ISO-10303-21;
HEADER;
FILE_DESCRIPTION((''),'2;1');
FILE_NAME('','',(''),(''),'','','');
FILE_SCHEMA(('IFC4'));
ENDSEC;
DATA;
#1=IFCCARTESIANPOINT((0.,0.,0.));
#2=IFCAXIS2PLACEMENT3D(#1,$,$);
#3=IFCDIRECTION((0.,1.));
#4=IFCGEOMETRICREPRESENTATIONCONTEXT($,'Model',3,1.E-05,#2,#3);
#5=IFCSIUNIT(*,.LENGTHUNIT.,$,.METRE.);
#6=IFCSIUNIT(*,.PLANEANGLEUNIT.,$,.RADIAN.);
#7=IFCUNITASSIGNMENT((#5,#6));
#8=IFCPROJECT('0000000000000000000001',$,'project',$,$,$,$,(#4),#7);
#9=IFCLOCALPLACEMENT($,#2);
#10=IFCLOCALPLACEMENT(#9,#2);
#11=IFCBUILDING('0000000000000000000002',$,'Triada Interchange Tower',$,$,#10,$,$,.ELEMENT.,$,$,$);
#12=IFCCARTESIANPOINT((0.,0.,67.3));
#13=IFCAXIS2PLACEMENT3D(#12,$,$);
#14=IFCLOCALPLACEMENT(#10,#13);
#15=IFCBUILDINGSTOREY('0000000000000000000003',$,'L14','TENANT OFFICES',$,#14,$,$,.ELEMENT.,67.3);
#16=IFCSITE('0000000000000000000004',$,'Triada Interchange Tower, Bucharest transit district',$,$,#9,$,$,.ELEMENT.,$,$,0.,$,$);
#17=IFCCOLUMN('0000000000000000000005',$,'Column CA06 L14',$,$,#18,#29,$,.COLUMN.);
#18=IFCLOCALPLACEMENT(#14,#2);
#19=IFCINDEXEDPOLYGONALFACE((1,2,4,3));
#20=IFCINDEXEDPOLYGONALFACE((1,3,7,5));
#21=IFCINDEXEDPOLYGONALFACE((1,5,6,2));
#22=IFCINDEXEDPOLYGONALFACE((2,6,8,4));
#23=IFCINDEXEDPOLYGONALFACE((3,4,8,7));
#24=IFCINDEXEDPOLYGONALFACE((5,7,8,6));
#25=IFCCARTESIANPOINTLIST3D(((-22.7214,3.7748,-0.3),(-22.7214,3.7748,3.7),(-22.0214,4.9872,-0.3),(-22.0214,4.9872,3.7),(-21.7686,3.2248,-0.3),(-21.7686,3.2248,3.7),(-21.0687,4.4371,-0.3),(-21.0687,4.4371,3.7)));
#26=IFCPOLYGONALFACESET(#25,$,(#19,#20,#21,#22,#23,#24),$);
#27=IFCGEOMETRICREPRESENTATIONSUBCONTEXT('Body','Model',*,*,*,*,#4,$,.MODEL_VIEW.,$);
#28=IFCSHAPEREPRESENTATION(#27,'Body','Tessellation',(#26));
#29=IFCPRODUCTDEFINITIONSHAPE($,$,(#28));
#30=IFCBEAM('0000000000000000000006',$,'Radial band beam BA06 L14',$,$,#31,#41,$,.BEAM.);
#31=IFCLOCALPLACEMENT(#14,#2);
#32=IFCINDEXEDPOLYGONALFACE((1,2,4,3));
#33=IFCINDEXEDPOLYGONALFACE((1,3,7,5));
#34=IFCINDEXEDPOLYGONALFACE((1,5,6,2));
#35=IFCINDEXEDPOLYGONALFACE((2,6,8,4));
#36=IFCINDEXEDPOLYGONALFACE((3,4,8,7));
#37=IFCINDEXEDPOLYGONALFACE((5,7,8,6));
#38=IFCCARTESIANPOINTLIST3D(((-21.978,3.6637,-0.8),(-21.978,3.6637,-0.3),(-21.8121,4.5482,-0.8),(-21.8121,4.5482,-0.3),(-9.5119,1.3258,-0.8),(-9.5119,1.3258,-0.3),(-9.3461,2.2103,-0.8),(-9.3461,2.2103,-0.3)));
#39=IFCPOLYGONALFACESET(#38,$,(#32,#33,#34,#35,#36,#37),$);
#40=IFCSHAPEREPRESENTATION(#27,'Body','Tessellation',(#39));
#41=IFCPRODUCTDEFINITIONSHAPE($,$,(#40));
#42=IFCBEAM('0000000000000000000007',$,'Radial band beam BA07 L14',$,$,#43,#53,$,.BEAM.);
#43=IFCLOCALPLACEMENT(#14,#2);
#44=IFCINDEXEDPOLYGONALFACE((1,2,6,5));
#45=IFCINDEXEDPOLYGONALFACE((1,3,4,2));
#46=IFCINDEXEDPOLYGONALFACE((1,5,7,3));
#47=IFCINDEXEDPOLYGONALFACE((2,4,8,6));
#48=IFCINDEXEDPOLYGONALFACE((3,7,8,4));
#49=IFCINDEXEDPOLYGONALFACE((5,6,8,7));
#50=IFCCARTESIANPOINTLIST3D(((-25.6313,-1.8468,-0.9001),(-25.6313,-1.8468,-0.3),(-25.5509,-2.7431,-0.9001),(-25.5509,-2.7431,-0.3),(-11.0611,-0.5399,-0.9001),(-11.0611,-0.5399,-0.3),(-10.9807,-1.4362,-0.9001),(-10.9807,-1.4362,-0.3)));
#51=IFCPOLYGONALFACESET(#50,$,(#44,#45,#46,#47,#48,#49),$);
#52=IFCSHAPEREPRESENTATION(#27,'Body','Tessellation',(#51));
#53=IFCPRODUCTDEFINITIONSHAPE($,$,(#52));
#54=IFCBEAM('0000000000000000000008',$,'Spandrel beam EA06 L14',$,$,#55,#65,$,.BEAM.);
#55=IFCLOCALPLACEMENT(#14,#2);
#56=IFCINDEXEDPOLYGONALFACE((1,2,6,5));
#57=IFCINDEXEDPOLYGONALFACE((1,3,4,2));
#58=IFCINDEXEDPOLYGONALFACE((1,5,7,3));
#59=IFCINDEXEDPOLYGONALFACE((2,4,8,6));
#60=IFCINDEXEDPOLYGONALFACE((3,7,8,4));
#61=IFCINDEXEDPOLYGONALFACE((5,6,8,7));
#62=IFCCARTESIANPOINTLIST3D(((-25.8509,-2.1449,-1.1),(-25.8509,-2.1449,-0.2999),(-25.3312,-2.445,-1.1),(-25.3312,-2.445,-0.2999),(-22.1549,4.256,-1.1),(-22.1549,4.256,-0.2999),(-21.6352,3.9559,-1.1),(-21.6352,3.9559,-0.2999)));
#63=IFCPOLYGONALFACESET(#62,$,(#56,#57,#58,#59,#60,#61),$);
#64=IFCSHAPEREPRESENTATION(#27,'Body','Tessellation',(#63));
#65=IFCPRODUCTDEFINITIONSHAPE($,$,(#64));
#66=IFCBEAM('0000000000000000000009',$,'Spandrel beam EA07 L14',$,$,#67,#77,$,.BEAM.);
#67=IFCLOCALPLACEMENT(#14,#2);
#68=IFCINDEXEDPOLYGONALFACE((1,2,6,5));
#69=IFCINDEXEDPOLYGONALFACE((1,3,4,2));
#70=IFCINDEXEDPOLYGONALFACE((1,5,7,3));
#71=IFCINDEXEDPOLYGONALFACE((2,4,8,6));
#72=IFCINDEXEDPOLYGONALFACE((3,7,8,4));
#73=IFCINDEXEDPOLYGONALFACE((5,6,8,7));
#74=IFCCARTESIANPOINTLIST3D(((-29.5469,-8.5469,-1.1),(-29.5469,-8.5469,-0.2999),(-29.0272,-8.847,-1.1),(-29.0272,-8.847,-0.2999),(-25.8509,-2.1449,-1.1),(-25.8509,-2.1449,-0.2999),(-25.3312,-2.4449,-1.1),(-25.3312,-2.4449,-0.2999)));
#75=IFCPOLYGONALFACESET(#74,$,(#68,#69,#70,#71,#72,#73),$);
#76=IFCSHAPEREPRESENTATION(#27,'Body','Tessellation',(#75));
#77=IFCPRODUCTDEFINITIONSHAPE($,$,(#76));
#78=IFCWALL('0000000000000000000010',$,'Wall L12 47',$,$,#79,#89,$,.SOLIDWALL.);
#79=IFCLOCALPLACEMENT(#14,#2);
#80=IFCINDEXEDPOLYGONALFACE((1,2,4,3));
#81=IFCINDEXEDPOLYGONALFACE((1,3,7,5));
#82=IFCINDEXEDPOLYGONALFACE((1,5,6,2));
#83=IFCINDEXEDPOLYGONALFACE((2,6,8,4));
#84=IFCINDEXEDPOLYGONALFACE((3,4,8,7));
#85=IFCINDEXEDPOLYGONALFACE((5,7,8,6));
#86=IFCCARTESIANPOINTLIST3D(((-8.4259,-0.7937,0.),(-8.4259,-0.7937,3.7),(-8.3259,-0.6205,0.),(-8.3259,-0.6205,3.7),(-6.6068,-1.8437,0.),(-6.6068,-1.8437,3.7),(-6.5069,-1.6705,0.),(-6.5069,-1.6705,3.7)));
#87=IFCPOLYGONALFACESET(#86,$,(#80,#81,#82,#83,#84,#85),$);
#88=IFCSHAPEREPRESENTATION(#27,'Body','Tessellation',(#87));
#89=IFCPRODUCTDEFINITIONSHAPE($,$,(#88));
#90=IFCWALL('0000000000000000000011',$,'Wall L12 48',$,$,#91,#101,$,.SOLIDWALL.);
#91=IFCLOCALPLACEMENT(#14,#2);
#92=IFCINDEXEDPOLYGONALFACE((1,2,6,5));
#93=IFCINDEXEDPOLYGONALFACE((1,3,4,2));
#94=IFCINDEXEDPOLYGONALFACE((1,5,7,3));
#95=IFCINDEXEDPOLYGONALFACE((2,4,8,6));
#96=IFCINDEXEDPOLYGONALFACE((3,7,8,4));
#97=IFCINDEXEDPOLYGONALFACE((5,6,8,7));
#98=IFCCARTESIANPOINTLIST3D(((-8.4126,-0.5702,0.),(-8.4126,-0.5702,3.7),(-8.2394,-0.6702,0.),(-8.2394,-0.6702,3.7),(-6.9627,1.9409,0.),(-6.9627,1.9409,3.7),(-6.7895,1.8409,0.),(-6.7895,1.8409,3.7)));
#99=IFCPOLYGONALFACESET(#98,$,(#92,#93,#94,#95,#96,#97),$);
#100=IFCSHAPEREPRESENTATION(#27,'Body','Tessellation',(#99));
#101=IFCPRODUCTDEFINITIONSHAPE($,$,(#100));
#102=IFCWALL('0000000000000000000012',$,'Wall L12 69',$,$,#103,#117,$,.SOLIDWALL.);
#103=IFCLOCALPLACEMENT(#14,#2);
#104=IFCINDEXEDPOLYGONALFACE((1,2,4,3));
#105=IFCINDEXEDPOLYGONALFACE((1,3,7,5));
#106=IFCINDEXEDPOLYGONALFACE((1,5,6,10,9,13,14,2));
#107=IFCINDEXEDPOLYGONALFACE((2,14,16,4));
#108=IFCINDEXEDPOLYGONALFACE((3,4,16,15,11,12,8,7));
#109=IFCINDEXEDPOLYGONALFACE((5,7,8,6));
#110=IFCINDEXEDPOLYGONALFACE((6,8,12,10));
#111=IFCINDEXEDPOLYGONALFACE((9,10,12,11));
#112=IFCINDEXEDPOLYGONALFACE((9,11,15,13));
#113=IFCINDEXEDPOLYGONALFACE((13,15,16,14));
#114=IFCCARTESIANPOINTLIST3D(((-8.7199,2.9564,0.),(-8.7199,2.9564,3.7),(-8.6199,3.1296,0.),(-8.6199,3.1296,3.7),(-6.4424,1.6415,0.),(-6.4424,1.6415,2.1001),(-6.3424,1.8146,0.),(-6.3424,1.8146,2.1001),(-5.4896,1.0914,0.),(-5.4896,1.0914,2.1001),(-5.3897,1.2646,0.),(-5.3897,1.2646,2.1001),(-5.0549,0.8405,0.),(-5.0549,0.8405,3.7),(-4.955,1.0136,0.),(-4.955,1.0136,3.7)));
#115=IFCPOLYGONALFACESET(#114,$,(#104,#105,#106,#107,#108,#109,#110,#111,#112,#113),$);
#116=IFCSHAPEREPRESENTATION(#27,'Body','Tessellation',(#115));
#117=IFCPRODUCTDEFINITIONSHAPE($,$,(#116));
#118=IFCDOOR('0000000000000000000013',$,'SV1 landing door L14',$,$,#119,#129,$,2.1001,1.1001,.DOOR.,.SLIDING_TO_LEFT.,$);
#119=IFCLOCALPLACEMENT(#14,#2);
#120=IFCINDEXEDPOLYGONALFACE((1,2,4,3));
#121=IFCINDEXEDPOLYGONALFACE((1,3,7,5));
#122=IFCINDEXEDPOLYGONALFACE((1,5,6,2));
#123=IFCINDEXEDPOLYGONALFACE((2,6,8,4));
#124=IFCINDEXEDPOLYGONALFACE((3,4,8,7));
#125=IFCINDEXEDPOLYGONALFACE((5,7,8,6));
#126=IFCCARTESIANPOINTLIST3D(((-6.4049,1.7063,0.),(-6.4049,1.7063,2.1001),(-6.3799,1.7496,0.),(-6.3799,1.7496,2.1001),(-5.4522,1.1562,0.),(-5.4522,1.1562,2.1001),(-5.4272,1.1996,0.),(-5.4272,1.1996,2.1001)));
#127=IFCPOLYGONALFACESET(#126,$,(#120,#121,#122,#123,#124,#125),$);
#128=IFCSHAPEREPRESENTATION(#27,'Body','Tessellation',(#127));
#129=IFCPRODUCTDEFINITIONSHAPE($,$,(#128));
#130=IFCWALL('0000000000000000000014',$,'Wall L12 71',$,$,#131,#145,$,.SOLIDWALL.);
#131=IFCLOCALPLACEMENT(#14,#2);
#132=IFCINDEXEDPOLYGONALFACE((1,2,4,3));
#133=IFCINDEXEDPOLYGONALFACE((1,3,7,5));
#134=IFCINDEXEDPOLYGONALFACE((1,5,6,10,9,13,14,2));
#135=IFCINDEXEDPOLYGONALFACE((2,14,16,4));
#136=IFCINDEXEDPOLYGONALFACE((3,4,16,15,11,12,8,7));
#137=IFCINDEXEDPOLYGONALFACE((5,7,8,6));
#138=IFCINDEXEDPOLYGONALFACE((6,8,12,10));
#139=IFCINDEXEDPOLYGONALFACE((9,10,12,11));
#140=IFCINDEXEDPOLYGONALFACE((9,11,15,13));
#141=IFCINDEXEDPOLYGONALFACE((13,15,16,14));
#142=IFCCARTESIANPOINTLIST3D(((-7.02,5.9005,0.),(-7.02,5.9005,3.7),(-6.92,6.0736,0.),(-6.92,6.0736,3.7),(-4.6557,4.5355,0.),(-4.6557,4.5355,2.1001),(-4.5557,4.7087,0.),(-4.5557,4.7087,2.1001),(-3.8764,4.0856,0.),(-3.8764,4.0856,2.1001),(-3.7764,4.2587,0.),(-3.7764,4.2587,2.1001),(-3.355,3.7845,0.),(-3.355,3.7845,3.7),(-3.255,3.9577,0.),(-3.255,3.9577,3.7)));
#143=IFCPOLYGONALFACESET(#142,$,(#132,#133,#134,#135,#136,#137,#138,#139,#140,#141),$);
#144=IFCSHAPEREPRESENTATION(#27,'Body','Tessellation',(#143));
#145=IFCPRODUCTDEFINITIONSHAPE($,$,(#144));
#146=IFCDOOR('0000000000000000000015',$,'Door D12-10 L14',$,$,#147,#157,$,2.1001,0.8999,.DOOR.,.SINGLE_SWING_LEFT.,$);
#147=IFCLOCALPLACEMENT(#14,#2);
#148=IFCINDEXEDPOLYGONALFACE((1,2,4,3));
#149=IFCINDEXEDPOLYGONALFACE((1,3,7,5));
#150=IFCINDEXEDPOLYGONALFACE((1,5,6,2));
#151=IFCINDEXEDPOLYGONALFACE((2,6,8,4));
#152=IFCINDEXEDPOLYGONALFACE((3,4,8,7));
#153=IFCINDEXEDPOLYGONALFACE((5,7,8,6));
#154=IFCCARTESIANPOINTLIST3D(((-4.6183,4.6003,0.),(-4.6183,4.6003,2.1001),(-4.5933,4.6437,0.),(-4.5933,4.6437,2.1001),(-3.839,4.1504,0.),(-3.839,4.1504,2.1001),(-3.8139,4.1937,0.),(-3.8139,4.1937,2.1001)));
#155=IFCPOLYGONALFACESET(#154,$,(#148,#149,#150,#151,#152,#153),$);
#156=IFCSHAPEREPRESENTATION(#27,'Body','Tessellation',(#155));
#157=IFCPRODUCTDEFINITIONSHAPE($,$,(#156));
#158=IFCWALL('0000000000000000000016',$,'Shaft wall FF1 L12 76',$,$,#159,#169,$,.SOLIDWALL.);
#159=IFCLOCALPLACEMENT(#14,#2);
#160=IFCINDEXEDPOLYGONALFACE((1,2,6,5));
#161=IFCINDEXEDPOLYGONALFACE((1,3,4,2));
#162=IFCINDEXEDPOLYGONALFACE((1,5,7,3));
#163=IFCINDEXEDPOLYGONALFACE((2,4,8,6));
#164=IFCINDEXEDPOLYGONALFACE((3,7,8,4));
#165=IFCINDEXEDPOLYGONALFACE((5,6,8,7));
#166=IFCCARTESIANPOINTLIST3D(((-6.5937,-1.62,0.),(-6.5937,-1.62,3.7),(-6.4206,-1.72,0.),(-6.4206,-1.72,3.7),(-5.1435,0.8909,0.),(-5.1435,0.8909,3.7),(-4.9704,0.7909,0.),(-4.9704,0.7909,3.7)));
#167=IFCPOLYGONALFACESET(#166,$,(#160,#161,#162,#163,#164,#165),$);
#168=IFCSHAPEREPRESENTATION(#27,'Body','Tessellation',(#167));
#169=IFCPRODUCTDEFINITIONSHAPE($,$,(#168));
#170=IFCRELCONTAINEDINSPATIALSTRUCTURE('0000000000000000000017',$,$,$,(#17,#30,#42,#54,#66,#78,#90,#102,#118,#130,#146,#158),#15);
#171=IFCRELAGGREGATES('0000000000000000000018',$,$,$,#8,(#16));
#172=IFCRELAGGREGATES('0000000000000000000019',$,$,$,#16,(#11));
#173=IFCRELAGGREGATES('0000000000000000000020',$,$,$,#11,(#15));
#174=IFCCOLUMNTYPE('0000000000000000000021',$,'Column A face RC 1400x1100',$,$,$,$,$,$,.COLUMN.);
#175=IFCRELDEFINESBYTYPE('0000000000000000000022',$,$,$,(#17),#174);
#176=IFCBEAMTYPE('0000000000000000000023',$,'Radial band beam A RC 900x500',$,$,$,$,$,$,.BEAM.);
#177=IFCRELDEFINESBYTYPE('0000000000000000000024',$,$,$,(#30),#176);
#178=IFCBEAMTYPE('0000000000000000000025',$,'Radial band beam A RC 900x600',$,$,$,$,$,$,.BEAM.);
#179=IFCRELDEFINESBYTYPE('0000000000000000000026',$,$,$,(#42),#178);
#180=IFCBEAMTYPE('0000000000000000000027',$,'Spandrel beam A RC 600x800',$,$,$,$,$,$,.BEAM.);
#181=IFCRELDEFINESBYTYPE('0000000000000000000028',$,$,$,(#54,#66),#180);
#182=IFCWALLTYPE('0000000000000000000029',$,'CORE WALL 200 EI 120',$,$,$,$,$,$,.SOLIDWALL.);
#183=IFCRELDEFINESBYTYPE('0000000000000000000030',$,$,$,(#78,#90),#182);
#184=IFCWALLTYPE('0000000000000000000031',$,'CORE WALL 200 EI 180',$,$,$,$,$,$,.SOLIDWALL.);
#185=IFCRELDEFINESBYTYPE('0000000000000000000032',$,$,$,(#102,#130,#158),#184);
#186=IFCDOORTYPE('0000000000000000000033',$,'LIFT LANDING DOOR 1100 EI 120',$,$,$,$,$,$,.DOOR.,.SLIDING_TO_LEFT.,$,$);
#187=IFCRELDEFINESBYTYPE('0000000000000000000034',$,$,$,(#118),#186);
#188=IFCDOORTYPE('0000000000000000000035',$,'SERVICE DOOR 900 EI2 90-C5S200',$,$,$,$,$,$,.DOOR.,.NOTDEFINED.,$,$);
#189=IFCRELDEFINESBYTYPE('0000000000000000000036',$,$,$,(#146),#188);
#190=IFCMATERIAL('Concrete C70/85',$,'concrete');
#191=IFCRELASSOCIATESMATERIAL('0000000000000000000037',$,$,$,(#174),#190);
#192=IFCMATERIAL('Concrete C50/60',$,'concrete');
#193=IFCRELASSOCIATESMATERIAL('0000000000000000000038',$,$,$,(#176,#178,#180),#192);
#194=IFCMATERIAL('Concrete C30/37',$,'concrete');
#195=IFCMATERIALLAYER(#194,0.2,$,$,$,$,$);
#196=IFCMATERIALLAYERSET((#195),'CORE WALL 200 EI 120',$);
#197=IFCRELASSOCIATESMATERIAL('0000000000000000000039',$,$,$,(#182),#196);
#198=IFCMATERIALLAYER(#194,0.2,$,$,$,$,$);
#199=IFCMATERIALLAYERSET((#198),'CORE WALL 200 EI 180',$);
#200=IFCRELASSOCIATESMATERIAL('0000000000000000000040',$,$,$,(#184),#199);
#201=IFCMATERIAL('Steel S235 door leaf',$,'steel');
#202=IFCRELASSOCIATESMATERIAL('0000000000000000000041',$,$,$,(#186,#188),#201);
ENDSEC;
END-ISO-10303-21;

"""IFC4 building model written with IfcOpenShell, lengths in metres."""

from ifc_helpers import new_model, si_unit, direction, frame, frame_2d, origin, origin_2d, place, context, subcontext, project, spatial, rectangle, extrude, material, layer, layer_set, material_profile, profile_set, type_object, element, fill, save


model = new_model("IFC4")

# Units and contexts
model_context = context("Model", 3, precision=1e-05, world=origin(), true_north=direction((0.0, 1.0)))
body_context = subcontext(model_context, "Body", "Model", "MODEL_VIEW")
ifc_project = project(units=[si_unit("LENGTHUNIT", "METRE"), si_unit("PLANEANGLEUNIT", "RADIAN")], contexts=[model_context])

# Site, building, storey
site_placement = place(None, origin())
site = spatial("IfcSite", under=ifc_project, at=site_placement, Name="Triada Interchange Tower, Bucharest transit district", CompositionType="ELEMENT", RefElevation=0.0)
building_placement = place(site_placement, origin())
building = spatial("IfcBuilding", under=site, at=building_placement, Name="Triada Interchange Tower", CompositionType="ELEMENT")
storey_placement = place(building_placement, frame((0.0, 0.0, 67.3)))
storey = spatial("IfcBuildingStorey", under=building, at=storey_placement, Name="L14", Description="TENANT OFFICES", CompositionType="ELEMENT", Elevation=67.3)

# Column
ifc_material_1 = material(Name="Concrete C70/85", Category="concrete")
ifc_material_profile_1 = material_profile(ifc_material_1, rectangle(XDim=1.3999, YDim=1.1001, at=origin_2d()), Name="RC 1400x1100")
ifc_profile_set_1 = profile_set([ifc_material_profile_1], Name="Concrete C70/85")
column_type = type_object("IfcColumnType", Name="Column A face RC 1400x1100", PredefinedType="COLUMN", material=ifc_profile_set_1)
column_placement = place(storey_placement, frame((-21.895, 4.106, -0.3), z_axis=(0.0, 0.0, 1.0), x_axis=(0.5, 0.866025, 0.0)))
element("IfcColumn", 1, at=column_placement, inside=storey, type_object=column_type, Name="Column CA06 L14", PredefinedType="COLUMN", context=body_context, shape_type="SweptSolid", body=[
    extrude(rectangle(XDim=1.3999, YDim=1.1001, at=origin_2d()), origin(), (0.0, 0.0, 1.0), 4.0),
])

# Beams
ifc_material_2 = material(Name="Concrete C50/60", Category="concrete")
ifc_material_profile_2 = material_profile(ifc_material_2, rectangle(XDim=0.8999, YDim=0.5, at=origin_2d()), Name="RC 900x500")
ifc_profile_set_2 = profile_set([ifc_material_profile_2], Name="Concrete C50/60")
beam_type_1 = type_object("IfcBeamType", Name="Radial band beam A RC 900x500", PredefinedType="BEAM", material=ifc_profile_set_2)
beam_1_placement = place(storey_placement, frame((-21.895, 4.106, -0.55), z_axis=(0.982865, -0.184327, 0.0), x_axis=(0.184327, 0.982865, 0.0)))
element("IfcBeam", 2, at=beam_1_placement, inside=storey, type_object=beam_type_1, Name="Radial band beam BA06 L14", PredefinedType="BEAM", context=body_context, shape_type="SweptSolid", body=[
    extrude(rectangle(XDim=0.8999, YDim=0.5, at=origin_2d()), origin(), (0.0, 0.0, 1.0), 12.6833),
])
ifc_material_profile_3 = material_profile(ifc_material_2, rectangle(XDim=0.8999, YDim=0.6001, at=origin_2d()), Name="RC 900x600")
ifc_profile_set_3 = profile_set([ifc_material_profile_3], Name="Concrete C50/60")
beam_type_2 = type_object("IfcBeamType", Name="Radial band beam A RC 900x600", PredefinedType="BEAM", material=ifc_profile_set_3)
beam_2_placement = place(storey_placement, frame((-25.5911, -2.2949, -0.6001), z_axis=(0.996001, 0.089338, 0.0), x_axis=(-0.089338, 0.996001, 0.0)))
element("IfcBeam", 3, at=beam_2_placement, inside=storey, type_object=beam_type_2, Name="Radial band beam BA07 L14", PredefinedType="BEAM", context=body_context, shape_type="SweptSolid", body=[
    extrude(rectangle(XDim=0.8999, YDim=0.6001, at=origin_2d()), origin(), (0.0, 0.0, 1.0), 14.6287),
])
ifc_material_profile_4 = material_profile(ifc_material_2, rectangle(XDim=0.6001, YDim=0.8, at=origin_2d()), Name="RC 600x800")
ifc_profile_set_4 = profile_set([ifc_material_profile_4], Name="Concrete C50/60")
beam_type_3 = type_object("IfcBeamType", Name="Spandrel beam A RC 600x800", PredefinedType="BEAM", material=ifc_profile_set_4)
beam_3_placement = place(storey_placement, frame((-21.895, 4.106, -0.7), z_axis=(-0.50005, -0.865996, 0.0), x_axis=(0.865996, -0.50005, 0.0)))
element("IfcBeam", 4, at=beam_3_placement, inside=storey, type_object=beam_type_3, Name="Spandrel beam EA06 L14", PredefinedType="BEAM", context=body_context, shape_type="SweptSolid", body=[
    extrude(rectangle(XDim=0.6001, YDim=0.8, at=origin_2d()), origin(), (0.0, 0.0, 1.0), 7.3914),
])
beam_4_placement = place(storey_placement, frame((-25.5911, -2.2949, -0.7), z_axis=(-0.499979, -0.866038, 0.0), x_axis=(0.866038, -0.499979, 0.0)))
element("IfcBeam", 5, at=beam_4_placement, inside=storey, type_object=beam_type_3, Name="Spandrel beam EA07 L14", PredefinedType="BEAM", context=body_context, shape_type="SweptSolid", body=[
    extrude(rectangle(XDim=0.6001, YDim=0.8, at=origin_2d()), origin(), (0.0, 0.0, 1.0), 7.3923),
])

# Walls
ifc_material_3 = material(Name="Concrete C30/37", Category="concrete")
ifc_layer_1 = layer(ifc_material_3, 0.2)
ifc_layer_set_1 = layer_set([ifc_layer_1], Name="CORE WALL 200 EI 120")
wall_type_1 = type_object("IfcWallType", Name="CORE WALL 200 EI 120", PredefinedType="SOLIDWALL", material=ifc_layer_set_1)
wall_1_placement = place(storey_placement, frame((-8.376, -0.707, 0.0), z_axis=(0.0, 0.0, 1.0), x_axis=(0.866068, -0.499927, 0.0)))
element("IfcWall", 6, at=wall_1_placement, inside=storey, type_object=wall_type_1, Name="Wall L12 47", PredefinedType="SOLIDWALL", context=body_context, shape_type="SweptSolid", body=[
    extrude(rectangle(XDim=2.1003, YDim=0.2, at=frame_2d((1.0503, 0.0))), origin(), (0.0, 0.0, 1.0), 3.7),
])
wall_2_placement = place(storey_placement, frame((-8.3259, -0.6201, 0.0), z_axis=(0.0, 0.0, 1.0), x_axis=(0.500024, 0.866012, 0.0)))
element("IfcWall", 7, at=wall_2_placement, inside=storey, type_object=wall_type_1, Name="Wall L12 48", PredefinedType="SOLIDWALL", context=body_context, shape_type="SweptSolid", body=[
    extrude(rectangle(XDim=2.8997, YDim=0.2, at=frame_2d((1.4497, 0.0))), origin(), (0.0, 0.0, 1.0), 3.7),
])

# Walls, openings, doors
ifc_layer_2 = layer(ifc_material_3, 0.2)
ifc_layer_set_2 = layer_set([ifc_layer_2], Name="CORE WALL 200 EI 180")
wall_type_2 = type_object("IfcWallType", Name="CORE WALL 200 EI 180", PredefinedType="SOLIDWALL", material=ifc_layer_set_2)
wall_3_placement = place(storey_placement, frame((-8.6699, 3.043, 0.0), z_axis=(0.0, 0.0, 1.0), x_axis=(0.86603, -0.499992, 0.0)))
wall_3 = element("IfcWall", 8, at=wall_3_placement, inside=storey, type_object=wall_type_2, Name="Wall L12 69", PredefinedType="SOLIDWALL", context=body_context, shape_type="SweptSolid", body=[
    extrude(rectangle(XDim=4.2319, YDim=0.2, at=frame_2d((2.116, 0.0))), origin(), (0.0, 0.0, 1.0), 3.7),
])
opening_1_placement = place(wall_3_placement, frame((2.6299, 0.0, 0.0)))
opening_1 = element("IfcOpeningElement", 9, at=opening_1_placement, cuts=wall_3, PredefinedType="OPENING", context=body_context, shape_type="SweptSolid", body=[
    extrude(rectangle(XDim=1.1001, YDim=2.1001, at=frame_2d((0.55, 1.05))), frame((0.0, 0.1099, 0.0), z_axis=(0.0, -1.0, 0.0), x_axis=(1.0, 0.0, 0.0)), (0.0, 0.0, 1.0), 0.22),
])
ifc_material_4 = material(Name="Steel S235 door leaf", Category="steel")
door_type_1 = type_object("IfcDoorType", Name="LIFT LANDING DOOR 1100 EI 120", OperationType="SLIDING_TO_LEFT", PredefinedType="DOOR", material=ifc_material_4)
door_1_placement = place(opening_1_placement, origin())
door_1 = element("IfcDoor", 10, at=door_1_placement, inside=storey, type_object=door_type_1, Name="SV1 landing door L14", OperationType="SLIDING_TO_LEFT", OverallHeight=2.1001, OverallWidth=1.1001, PredefinedType="DOOR", context=body_context, shape_type="SweptSolid", body=[
    extrude(rectangle(XDim=1.1001, YDim=2.1001, at=frame_2d((0.55, 1.05))), frame((0.0, 0.0249, 0.0), z_axis=(0.0, -1.0, 0.0), x_axis=(1.0, 0.0, 0.0)), (0.0, 0.0, 1.0), 0.05),
])
fill(opening_1, door_1)
wall_4_placement = place(storey_placement, frame((-6.97, 5.9871, 0.0), z_axis=(0.0, 0.0, 1.0), x_axis=(0.86603, -0.499992, 0.0)))
wall_4 = element("IfcWall", 11, at=wall_4_placement, inside=storey, type_object=wall_type_2, Name="Wall L12 71", PredefinedType="SOLIDWALL", context=body_context, shape_type="SweptSolid", body=[
    extrude(rectangle(XDim=4.2319, YDim=0.2, at=frame_2d((2.116, 0.0))), origin(), (0.0, 0.0, 1.0), 3.7),
])
opening_2_placement = place(wall_4_placement, frame((2.73, 0.0, 0.0)))
opening_2 = element("IfcOpeningElement", 12, at=opening_2_placement, cuts=wall_4, PredefinedType="OPENING", context=body_context, shape_type="SweptSolid", body=[
    extrude(rectangle(XDim=0.8999, YDim=2.1001, at=frame_2d((0.45, 1.05))), frame((0.0, 0.1099, 0.0), z_axis=(0.0, -1.0, 0.0), x_axis=(1.0, 0.0, 0.0)), (0.0, 0.0, 1.0), 0.22),
])
door_type_2 = type_object("IfcDoorType", Name="SERVICE DOOR 900 EI2 90-C5S200", OperationType="NOTDEFINED", PredefinedType="DOOR", material=ifc_material_4)
door_2_placement = place(opening_2_placement, origin())
door_2 = element("IfcDoor", 13, at=door_2_placement, inside=storey, type_object=door_type_2, Name="Door D12-10 L14", OperationType="SINGLE_SWING_LEFT", OverallHeight=2.1001, OverallWidth=0.8999, PredefinedType="DOOR", context=body_context, shape_type="SweptSolid", body=[
    extrude(rectangle(XDim=0.8999, YDim=2.1001, at=frame_2d((0.45, 1.05))), frame((0.0, 0.0249, 0.0), z_axis=(0.0, -1.0, 0.0), x_axis=(1.0, 0.0, 0.0)), (0.0, 0.0, 1.0), 0.05),
])
fill(opening_2, door_2)

# Wall
wall_5_placement = place(storey_placement, frame((-6.5071, -1.6699, 0.0), z_axis=(0.0, 0.0, 1.0), x_axis=(0.500123, 0.865954, 0.0)))
element("IfcWall", 14, at=wall_5_placement, inside=storey, type_object=wall_type_2, Name="Shaft wall FF1 L12 76", PredefinedType="SOLIDWALL", context=body_context, shape_type="SweptSolid", body=[
    extrude(rectangle(XDim=2.8997, YDim=0.2, at=frame_2d((1.4497, 0.0))), origin(), (0.0, 0.0, 1.0), 3.7),
])

save(model, "model.ifc")
